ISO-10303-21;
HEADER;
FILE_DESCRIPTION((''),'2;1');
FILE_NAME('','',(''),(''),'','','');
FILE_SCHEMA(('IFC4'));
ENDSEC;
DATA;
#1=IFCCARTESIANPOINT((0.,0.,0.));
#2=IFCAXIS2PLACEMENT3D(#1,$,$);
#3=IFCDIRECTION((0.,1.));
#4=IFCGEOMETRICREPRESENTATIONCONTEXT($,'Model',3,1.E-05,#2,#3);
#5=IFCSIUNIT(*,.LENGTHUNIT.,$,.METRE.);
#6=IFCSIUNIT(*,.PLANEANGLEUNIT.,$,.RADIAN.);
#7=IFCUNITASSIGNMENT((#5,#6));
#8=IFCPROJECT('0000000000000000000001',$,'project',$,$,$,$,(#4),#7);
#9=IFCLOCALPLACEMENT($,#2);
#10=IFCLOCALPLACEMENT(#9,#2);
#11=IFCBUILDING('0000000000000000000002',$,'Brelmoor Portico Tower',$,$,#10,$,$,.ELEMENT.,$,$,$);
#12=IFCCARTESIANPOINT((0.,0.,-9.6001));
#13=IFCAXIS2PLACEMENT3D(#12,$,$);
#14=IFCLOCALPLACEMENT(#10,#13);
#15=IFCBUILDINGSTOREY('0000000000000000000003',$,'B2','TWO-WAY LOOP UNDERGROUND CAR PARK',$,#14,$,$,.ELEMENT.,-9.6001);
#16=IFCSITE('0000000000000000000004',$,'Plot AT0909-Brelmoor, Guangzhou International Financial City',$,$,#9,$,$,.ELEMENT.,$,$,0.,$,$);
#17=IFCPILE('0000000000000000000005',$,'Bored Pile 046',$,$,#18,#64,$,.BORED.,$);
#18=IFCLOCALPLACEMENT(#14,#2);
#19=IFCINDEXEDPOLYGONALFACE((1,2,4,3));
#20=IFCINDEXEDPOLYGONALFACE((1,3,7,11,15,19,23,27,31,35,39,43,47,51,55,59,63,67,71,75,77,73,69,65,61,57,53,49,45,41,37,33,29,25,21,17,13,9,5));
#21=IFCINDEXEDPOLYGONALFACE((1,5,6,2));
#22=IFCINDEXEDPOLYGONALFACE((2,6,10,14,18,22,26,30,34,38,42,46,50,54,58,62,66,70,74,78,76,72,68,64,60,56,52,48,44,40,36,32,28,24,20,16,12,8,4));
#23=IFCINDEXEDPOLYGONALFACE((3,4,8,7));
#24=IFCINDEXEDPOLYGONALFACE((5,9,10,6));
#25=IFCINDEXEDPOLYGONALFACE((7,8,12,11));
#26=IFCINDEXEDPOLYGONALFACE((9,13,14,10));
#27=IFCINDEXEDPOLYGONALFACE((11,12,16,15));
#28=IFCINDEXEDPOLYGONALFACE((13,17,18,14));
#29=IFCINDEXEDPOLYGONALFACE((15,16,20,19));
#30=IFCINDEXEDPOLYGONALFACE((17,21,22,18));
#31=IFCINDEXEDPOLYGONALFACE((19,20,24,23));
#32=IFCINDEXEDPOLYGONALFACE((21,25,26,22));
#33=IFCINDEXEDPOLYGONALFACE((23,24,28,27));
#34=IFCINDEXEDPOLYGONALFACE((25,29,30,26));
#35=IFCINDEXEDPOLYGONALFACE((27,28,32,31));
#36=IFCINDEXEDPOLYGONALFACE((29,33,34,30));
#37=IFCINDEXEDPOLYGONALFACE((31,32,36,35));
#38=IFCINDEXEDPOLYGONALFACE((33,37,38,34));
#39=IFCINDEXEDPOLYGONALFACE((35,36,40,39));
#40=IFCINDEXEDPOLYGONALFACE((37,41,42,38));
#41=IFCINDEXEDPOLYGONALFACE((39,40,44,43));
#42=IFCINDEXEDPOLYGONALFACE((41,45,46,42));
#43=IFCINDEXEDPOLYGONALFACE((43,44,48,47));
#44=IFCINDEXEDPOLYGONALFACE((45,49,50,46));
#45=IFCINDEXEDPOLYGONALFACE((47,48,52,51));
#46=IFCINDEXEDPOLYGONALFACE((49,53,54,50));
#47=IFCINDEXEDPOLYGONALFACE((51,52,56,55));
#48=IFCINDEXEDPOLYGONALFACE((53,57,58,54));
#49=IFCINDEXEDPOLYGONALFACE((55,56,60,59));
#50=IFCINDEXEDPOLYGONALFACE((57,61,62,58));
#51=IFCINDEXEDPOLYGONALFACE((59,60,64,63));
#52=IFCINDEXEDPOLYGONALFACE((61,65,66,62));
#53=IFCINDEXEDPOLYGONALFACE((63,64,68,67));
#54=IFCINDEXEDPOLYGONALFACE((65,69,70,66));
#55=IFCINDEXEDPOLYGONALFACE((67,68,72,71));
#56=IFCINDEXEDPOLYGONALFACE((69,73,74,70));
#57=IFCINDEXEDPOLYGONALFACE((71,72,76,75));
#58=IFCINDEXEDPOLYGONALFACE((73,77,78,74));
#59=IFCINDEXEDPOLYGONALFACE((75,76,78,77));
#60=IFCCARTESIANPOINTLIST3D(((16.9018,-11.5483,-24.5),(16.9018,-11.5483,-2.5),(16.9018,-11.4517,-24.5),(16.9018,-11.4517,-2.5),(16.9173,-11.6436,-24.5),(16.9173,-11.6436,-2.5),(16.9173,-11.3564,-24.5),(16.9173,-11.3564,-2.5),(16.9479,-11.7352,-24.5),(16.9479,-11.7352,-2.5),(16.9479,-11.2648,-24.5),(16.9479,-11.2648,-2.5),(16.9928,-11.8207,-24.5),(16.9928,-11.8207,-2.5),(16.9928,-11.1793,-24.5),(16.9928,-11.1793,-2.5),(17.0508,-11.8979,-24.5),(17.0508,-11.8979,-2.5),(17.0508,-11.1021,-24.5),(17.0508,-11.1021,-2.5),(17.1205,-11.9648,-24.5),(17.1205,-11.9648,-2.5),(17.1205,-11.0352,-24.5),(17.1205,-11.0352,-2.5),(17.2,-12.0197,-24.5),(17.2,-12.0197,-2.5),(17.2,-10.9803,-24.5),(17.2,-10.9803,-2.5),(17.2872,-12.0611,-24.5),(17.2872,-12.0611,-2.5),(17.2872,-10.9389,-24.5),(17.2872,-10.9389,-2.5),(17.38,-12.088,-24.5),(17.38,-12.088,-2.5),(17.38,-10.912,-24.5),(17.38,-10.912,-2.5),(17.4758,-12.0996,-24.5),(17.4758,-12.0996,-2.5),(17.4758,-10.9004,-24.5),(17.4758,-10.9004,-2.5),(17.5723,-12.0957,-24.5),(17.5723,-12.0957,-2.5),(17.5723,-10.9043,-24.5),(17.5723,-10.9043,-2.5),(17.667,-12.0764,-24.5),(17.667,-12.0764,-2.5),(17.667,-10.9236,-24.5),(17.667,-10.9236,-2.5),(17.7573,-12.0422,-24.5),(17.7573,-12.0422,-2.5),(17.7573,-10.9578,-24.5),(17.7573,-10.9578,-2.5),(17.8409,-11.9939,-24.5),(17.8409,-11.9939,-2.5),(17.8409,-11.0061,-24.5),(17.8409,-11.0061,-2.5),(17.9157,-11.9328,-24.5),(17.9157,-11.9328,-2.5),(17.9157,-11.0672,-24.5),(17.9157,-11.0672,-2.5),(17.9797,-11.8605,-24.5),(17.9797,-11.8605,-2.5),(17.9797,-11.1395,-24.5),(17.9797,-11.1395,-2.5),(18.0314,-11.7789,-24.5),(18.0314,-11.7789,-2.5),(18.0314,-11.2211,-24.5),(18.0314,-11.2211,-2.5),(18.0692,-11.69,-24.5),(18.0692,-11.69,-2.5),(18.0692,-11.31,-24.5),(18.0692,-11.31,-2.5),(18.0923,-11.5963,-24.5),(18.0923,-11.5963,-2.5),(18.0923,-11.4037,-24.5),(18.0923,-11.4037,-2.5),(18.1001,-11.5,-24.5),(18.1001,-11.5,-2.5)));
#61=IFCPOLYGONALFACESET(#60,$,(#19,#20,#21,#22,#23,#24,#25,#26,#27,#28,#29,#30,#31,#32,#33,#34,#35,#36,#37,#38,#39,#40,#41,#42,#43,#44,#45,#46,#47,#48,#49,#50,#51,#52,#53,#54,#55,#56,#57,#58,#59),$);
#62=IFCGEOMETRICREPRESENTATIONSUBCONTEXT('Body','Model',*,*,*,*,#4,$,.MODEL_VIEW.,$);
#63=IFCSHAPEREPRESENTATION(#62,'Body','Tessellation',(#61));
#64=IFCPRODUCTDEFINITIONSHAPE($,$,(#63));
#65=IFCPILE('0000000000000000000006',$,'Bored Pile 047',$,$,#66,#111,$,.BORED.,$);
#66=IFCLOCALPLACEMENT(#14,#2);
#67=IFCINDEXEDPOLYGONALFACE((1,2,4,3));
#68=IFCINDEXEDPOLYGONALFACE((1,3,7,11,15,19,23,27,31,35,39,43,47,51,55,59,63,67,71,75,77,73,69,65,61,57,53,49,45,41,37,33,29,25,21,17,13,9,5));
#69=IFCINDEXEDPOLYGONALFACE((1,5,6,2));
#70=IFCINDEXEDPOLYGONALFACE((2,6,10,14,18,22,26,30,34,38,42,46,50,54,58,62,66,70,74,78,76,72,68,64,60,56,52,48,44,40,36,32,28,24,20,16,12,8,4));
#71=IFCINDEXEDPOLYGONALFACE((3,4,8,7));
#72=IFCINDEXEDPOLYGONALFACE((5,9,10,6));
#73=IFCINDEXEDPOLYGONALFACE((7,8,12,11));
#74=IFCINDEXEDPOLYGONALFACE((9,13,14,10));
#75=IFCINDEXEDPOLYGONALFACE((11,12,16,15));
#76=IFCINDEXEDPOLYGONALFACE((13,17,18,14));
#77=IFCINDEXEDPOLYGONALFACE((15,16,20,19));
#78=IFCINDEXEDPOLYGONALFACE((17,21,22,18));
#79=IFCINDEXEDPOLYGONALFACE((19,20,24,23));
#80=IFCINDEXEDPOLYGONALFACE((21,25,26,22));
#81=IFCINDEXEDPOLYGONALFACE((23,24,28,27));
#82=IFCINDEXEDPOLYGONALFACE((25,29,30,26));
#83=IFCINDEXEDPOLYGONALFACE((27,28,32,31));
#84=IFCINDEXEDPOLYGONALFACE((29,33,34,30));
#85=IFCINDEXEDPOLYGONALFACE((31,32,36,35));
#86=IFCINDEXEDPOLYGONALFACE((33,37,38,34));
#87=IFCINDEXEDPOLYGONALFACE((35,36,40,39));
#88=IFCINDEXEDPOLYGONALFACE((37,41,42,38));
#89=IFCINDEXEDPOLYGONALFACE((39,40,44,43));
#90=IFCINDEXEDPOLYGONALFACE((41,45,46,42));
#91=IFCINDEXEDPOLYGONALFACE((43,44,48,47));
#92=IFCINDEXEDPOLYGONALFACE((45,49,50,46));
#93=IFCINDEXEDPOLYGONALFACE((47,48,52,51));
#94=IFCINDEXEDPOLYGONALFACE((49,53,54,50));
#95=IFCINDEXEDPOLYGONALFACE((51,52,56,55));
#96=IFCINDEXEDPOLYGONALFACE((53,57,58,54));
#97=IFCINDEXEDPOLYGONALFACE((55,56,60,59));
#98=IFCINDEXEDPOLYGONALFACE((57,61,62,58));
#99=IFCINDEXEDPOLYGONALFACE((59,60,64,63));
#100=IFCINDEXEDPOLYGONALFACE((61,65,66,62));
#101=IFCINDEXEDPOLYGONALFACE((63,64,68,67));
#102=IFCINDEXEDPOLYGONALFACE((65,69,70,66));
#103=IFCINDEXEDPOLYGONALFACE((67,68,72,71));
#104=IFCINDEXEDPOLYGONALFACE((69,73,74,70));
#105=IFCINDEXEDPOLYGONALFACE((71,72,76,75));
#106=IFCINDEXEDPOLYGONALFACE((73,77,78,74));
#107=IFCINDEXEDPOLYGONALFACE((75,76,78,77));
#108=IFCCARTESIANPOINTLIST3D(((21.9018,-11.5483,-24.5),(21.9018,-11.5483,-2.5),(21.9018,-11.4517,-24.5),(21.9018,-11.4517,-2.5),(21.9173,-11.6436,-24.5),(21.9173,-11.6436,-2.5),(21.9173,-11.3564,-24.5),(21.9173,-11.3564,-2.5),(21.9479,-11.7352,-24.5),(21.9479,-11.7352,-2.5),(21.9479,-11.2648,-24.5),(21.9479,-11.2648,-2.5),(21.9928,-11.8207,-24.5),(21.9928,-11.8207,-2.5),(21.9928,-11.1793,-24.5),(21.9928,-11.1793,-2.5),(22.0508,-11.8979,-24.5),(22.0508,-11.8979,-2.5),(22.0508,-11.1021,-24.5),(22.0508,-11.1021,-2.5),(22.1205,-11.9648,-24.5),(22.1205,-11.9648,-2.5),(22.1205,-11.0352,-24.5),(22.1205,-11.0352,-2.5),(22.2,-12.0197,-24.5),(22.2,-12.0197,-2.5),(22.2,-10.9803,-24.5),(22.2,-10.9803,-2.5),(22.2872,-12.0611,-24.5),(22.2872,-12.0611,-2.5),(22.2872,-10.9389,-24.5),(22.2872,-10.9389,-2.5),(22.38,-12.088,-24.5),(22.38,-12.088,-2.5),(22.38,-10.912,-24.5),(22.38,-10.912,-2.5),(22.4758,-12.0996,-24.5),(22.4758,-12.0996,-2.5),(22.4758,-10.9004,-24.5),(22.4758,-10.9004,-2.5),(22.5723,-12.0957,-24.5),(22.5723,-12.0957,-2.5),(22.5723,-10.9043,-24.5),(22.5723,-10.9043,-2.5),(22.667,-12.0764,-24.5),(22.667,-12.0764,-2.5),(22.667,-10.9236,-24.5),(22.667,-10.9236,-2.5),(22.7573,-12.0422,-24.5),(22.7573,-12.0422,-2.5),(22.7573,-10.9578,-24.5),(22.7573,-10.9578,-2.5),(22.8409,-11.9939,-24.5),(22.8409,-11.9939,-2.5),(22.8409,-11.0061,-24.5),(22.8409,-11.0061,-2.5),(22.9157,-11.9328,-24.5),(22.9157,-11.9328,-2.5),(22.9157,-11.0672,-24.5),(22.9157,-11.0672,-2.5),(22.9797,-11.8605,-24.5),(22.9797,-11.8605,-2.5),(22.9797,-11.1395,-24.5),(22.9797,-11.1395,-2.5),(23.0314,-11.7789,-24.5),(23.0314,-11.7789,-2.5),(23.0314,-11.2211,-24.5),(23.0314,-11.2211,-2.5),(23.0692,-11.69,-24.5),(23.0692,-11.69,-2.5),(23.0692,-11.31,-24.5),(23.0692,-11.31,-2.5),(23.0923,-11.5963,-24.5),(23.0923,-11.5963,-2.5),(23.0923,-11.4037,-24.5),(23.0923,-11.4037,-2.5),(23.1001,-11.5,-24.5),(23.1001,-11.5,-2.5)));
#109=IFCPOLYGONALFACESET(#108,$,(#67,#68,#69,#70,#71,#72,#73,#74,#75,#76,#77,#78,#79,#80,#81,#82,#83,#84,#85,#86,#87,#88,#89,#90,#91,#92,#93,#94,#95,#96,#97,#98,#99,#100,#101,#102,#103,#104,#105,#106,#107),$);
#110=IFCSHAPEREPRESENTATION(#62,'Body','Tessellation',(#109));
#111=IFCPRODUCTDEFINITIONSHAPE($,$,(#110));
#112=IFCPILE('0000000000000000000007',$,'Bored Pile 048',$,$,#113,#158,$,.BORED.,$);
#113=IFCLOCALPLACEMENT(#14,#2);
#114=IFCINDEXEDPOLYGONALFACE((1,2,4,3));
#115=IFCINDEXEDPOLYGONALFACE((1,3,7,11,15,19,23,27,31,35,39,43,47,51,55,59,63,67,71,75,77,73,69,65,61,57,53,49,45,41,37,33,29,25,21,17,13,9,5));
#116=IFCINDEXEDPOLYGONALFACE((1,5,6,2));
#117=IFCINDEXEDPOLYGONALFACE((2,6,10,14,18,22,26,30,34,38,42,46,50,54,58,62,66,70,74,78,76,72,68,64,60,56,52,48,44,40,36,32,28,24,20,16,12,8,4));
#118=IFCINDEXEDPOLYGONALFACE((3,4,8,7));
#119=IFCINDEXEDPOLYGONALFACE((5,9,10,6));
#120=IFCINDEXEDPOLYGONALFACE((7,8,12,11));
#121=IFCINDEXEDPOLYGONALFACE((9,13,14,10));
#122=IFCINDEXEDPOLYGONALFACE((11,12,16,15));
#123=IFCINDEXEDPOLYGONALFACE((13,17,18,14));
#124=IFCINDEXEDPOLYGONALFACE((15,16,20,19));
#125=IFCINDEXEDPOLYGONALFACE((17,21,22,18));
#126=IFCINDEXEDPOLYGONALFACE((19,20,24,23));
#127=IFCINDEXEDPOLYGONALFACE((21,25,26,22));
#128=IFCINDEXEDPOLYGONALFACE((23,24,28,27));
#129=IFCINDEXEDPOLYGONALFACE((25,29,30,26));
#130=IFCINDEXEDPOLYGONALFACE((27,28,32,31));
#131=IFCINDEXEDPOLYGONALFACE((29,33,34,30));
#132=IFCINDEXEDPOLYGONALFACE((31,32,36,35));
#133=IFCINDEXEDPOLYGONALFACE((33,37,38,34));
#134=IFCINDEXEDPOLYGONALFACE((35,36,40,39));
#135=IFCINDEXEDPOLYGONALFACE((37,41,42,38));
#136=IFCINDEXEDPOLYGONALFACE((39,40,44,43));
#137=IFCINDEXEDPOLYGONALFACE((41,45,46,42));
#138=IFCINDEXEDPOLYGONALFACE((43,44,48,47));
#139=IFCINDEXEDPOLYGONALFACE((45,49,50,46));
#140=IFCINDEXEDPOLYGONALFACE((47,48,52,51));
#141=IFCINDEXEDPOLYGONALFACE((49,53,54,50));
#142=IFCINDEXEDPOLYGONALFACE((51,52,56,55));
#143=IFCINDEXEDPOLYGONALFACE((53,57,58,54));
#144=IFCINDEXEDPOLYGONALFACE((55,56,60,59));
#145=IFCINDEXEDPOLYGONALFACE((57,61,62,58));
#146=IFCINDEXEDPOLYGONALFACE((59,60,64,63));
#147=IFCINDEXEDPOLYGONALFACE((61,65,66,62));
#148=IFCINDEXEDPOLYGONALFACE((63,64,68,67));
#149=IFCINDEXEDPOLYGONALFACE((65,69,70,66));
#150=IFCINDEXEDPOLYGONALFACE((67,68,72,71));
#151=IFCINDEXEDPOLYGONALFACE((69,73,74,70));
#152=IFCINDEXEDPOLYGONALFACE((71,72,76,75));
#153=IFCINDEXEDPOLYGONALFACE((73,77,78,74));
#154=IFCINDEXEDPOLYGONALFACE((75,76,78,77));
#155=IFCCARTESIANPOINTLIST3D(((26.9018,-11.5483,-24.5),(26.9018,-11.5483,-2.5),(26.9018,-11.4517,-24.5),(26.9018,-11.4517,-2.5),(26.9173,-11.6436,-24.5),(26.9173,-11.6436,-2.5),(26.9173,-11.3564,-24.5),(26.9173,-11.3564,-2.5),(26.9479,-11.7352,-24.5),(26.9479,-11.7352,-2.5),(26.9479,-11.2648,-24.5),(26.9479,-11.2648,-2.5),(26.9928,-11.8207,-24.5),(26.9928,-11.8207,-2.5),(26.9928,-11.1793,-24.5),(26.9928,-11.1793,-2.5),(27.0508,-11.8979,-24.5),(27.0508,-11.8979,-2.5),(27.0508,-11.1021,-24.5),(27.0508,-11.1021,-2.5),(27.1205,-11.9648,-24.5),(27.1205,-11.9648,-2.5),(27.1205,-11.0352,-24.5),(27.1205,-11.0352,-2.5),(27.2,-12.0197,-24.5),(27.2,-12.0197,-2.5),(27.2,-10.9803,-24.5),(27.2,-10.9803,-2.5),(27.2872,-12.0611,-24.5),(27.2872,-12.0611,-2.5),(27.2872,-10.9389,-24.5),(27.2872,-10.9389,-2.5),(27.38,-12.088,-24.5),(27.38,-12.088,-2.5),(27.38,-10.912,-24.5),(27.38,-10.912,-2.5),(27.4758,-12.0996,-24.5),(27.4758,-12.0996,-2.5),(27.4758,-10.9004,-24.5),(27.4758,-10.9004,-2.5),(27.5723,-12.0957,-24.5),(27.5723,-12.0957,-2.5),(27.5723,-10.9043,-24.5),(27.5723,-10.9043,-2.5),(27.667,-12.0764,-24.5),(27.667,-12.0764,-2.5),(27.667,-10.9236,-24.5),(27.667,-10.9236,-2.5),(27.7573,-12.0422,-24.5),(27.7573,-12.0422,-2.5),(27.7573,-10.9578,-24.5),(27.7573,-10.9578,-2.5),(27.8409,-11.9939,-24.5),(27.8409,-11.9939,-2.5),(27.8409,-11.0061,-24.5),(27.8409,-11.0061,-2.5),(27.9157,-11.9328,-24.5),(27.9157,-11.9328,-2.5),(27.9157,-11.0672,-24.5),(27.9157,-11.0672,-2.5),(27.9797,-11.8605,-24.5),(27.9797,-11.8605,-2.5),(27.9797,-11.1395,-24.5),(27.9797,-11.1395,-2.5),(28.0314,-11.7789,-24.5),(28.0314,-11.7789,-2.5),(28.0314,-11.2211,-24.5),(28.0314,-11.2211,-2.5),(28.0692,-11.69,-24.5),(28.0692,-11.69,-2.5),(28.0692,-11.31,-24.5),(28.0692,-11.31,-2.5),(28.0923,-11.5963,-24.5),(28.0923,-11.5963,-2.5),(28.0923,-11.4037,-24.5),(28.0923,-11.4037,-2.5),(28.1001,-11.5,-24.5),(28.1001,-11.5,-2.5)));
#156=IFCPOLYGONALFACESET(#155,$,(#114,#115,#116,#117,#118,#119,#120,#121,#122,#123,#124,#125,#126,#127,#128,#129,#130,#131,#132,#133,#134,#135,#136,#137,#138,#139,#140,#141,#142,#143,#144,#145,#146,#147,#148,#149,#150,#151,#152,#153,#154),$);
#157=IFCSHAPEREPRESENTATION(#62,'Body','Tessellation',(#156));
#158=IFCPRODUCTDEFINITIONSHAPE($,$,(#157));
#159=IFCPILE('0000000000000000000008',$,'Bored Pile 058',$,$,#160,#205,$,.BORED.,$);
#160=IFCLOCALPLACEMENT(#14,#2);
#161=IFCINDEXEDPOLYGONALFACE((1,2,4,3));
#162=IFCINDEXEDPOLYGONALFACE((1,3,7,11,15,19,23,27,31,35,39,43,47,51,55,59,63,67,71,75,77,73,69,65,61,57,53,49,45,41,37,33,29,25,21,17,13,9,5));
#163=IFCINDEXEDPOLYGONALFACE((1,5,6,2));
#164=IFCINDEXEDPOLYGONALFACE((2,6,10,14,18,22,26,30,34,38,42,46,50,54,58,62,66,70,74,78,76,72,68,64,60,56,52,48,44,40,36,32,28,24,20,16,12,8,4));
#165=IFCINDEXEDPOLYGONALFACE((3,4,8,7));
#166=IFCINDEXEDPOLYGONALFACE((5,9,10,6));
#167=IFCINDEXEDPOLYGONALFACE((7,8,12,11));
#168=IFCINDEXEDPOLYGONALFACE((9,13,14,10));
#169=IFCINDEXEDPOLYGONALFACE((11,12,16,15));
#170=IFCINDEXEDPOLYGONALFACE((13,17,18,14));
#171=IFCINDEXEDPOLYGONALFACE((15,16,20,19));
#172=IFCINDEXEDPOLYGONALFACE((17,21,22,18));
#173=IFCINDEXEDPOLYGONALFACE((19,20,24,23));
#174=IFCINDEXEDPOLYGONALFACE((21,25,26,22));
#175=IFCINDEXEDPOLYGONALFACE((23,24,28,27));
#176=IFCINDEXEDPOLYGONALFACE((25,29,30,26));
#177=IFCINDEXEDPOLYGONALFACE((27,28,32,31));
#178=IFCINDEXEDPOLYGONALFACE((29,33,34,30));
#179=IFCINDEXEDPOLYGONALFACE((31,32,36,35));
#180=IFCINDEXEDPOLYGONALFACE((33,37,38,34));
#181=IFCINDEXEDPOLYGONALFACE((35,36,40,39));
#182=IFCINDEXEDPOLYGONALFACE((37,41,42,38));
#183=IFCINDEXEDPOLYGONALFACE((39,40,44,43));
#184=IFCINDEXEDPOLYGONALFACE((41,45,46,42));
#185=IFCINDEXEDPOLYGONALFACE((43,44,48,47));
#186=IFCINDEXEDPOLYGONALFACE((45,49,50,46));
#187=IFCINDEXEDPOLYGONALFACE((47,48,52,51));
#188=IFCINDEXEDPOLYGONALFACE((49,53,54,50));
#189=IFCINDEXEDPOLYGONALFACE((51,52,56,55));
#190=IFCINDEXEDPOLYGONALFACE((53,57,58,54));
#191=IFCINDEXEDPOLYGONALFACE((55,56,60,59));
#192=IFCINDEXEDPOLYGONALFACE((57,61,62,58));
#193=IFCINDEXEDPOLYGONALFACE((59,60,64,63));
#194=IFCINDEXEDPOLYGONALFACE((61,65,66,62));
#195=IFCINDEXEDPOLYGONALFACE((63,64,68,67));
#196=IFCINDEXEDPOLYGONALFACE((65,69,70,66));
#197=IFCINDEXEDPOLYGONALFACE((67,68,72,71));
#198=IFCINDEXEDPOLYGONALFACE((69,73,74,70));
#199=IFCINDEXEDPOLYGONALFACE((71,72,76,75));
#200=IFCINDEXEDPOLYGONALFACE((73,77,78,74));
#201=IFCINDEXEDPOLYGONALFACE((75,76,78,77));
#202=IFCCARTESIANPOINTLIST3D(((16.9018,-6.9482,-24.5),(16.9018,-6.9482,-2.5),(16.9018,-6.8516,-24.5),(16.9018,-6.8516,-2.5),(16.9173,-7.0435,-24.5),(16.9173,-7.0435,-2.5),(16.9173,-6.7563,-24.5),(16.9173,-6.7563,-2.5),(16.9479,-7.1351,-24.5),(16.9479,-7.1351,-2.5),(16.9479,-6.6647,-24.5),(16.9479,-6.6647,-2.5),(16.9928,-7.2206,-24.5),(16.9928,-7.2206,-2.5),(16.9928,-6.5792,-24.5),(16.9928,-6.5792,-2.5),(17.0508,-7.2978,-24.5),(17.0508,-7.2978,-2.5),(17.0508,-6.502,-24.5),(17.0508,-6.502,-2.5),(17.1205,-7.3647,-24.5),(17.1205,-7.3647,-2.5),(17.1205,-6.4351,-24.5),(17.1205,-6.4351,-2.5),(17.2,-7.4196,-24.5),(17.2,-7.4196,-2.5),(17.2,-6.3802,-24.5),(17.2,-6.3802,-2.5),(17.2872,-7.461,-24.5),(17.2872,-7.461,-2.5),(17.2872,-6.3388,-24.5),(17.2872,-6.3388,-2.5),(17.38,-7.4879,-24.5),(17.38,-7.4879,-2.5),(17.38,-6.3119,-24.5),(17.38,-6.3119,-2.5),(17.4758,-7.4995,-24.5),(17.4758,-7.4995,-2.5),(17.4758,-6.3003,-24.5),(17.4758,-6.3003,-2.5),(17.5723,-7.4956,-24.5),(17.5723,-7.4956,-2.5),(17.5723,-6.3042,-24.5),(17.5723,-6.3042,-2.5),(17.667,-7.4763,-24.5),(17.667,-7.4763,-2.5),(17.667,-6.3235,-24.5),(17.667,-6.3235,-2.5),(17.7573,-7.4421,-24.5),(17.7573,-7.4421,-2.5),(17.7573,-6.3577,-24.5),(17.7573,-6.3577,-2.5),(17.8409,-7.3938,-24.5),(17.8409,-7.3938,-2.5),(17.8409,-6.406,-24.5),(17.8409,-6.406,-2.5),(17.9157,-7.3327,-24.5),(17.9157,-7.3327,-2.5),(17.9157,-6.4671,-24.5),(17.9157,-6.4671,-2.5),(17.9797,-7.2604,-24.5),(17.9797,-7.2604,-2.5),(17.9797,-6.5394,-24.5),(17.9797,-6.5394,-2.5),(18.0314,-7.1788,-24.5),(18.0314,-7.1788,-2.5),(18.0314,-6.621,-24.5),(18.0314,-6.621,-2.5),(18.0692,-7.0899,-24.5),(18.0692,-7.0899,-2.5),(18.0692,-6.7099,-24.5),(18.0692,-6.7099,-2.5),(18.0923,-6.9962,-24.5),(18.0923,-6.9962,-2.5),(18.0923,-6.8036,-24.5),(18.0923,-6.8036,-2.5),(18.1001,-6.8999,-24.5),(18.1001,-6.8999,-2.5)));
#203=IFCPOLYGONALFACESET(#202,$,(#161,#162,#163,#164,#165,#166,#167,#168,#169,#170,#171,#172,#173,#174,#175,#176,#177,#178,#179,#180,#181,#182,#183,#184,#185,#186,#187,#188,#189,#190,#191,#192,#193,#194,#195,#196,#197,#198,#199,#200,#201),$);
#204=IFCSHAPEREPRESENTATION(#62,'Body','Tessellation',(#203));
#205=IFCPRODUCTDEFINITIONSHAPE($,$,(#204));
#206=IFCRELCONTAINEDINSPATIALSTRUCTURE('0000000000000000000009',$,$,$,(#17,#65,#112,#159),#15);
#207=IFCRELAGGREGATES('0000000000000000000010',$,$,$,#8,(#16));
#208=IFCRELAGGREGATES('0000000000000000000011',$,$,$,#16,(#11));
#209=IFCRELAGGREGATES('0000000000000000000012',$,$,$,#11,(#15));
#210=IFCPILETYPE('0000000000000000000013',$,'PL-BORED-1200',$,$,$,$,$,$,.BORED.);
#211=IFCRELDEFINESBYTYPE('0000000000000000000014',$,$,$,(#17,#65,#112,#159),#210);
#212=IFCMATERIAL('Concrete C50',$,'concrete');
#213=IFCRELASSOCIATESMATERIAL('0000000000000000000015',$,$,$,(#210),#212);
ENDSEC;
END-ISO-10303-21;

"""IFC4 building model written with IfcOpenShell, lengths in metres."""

from ifc_helpers import new_model, si_unit, direction, frame, origin, origin_2d, place, context, subcontext, project, spatial, circle, extrude, material, material_profile, profile_set, type_object, element, save


model = new_model("IFC4")

# Units and contexts
model_context = context("Model", 3, precision=1e-05, world=origin(), true_north=direction((0.0, 1.0)))
body_context = subcontext(model_context, "Body", "Model", "MODEL_VIEW")
ifc_project = project(units=[si_unit("LENGTHUNIT", "METRE"), si_unit("PLANEANGLEUNIT", "RADIAN")], contexts=[model_context])

# Site, building, storey
site_placement = place(None, origin())
site = spatial("IfcSite", under=ifc_project, at=site_placement, Name="Plot AT0909-Brelmoor, Guangzhou International Financial City", CompositionType="ELEMENT", RefElevation=0.0)
building_placement = place(site_placement, origin())
building = spatial("IfcBuilding", under=site, at=building_placement, Name="Brelmoor Portico Tower", CompositionType="ELEMENT")
storey_placement = place(building_placement, frame((0.0, 0.0, -9.6001)))
storey = spatial("IfcBuildingStorey", under=building, at=storey_placement, Name="B2", Description="TWO-WAY LOOP UNDERGROUND CAR PARK", CompositionType="ELEMENT", Elevation=-9.6001)

# Shared definitions
ifc_material_1 = material(Name="Concrete C50", Category="concrete")

# Piles
ifc_material_profile_1 = material_profile(ifc_material_1, circle(Radius=0.6001, at=origin_2d()), Name="BORED PILE D1200")
ifc_profile_set_1 = profile_set([ifc_material_profile_1], Name="Concrete C50")
pile_type_1 = type_object("IfcPileType", Name="PL-BORED-1200", PredefinedType="BORED", material=ifc_profile_set_1)
for number, where, z_axis, x_axis, name in (
    (1, (17.5, -11.5, -2.5), (0.0, 0.0, -1.0), (1.0, 0.0, 0.0), "Bored Pile 046"),
    (2, (22.5, -11.5, -2.5), (0.0, 0.0, -1.0), (1.0, 0.0, 0.0), "Bored Pile 047"),
    (3, (27.5, -11.5, -2.5), (0.0, 0.0, -1.0), (1.0, 0.0, 0.0), "Bored Pile 048"),
    (4, (17.5, -6.8999, -2.5), (0.0, 0.0, -1.0), (1.0, 0.0, 0.0), "Bored Pile 058"),
):
    element("IfcPile", number, at=place(storey_placement, frame(where, z_axis=z_axis, x_axis=x_axis)), inside=storey, type_object=pile_type_1, Name=name, PredefinedType="BORED", context=body_context, shape_type="SweptSolid", body=[
        extrude(circle(Radius=0.6001, at=origin_2d()), origin(), (0.0, 0.0, 1.0), 22.0),
    ])

save(model, "model.ifc")
